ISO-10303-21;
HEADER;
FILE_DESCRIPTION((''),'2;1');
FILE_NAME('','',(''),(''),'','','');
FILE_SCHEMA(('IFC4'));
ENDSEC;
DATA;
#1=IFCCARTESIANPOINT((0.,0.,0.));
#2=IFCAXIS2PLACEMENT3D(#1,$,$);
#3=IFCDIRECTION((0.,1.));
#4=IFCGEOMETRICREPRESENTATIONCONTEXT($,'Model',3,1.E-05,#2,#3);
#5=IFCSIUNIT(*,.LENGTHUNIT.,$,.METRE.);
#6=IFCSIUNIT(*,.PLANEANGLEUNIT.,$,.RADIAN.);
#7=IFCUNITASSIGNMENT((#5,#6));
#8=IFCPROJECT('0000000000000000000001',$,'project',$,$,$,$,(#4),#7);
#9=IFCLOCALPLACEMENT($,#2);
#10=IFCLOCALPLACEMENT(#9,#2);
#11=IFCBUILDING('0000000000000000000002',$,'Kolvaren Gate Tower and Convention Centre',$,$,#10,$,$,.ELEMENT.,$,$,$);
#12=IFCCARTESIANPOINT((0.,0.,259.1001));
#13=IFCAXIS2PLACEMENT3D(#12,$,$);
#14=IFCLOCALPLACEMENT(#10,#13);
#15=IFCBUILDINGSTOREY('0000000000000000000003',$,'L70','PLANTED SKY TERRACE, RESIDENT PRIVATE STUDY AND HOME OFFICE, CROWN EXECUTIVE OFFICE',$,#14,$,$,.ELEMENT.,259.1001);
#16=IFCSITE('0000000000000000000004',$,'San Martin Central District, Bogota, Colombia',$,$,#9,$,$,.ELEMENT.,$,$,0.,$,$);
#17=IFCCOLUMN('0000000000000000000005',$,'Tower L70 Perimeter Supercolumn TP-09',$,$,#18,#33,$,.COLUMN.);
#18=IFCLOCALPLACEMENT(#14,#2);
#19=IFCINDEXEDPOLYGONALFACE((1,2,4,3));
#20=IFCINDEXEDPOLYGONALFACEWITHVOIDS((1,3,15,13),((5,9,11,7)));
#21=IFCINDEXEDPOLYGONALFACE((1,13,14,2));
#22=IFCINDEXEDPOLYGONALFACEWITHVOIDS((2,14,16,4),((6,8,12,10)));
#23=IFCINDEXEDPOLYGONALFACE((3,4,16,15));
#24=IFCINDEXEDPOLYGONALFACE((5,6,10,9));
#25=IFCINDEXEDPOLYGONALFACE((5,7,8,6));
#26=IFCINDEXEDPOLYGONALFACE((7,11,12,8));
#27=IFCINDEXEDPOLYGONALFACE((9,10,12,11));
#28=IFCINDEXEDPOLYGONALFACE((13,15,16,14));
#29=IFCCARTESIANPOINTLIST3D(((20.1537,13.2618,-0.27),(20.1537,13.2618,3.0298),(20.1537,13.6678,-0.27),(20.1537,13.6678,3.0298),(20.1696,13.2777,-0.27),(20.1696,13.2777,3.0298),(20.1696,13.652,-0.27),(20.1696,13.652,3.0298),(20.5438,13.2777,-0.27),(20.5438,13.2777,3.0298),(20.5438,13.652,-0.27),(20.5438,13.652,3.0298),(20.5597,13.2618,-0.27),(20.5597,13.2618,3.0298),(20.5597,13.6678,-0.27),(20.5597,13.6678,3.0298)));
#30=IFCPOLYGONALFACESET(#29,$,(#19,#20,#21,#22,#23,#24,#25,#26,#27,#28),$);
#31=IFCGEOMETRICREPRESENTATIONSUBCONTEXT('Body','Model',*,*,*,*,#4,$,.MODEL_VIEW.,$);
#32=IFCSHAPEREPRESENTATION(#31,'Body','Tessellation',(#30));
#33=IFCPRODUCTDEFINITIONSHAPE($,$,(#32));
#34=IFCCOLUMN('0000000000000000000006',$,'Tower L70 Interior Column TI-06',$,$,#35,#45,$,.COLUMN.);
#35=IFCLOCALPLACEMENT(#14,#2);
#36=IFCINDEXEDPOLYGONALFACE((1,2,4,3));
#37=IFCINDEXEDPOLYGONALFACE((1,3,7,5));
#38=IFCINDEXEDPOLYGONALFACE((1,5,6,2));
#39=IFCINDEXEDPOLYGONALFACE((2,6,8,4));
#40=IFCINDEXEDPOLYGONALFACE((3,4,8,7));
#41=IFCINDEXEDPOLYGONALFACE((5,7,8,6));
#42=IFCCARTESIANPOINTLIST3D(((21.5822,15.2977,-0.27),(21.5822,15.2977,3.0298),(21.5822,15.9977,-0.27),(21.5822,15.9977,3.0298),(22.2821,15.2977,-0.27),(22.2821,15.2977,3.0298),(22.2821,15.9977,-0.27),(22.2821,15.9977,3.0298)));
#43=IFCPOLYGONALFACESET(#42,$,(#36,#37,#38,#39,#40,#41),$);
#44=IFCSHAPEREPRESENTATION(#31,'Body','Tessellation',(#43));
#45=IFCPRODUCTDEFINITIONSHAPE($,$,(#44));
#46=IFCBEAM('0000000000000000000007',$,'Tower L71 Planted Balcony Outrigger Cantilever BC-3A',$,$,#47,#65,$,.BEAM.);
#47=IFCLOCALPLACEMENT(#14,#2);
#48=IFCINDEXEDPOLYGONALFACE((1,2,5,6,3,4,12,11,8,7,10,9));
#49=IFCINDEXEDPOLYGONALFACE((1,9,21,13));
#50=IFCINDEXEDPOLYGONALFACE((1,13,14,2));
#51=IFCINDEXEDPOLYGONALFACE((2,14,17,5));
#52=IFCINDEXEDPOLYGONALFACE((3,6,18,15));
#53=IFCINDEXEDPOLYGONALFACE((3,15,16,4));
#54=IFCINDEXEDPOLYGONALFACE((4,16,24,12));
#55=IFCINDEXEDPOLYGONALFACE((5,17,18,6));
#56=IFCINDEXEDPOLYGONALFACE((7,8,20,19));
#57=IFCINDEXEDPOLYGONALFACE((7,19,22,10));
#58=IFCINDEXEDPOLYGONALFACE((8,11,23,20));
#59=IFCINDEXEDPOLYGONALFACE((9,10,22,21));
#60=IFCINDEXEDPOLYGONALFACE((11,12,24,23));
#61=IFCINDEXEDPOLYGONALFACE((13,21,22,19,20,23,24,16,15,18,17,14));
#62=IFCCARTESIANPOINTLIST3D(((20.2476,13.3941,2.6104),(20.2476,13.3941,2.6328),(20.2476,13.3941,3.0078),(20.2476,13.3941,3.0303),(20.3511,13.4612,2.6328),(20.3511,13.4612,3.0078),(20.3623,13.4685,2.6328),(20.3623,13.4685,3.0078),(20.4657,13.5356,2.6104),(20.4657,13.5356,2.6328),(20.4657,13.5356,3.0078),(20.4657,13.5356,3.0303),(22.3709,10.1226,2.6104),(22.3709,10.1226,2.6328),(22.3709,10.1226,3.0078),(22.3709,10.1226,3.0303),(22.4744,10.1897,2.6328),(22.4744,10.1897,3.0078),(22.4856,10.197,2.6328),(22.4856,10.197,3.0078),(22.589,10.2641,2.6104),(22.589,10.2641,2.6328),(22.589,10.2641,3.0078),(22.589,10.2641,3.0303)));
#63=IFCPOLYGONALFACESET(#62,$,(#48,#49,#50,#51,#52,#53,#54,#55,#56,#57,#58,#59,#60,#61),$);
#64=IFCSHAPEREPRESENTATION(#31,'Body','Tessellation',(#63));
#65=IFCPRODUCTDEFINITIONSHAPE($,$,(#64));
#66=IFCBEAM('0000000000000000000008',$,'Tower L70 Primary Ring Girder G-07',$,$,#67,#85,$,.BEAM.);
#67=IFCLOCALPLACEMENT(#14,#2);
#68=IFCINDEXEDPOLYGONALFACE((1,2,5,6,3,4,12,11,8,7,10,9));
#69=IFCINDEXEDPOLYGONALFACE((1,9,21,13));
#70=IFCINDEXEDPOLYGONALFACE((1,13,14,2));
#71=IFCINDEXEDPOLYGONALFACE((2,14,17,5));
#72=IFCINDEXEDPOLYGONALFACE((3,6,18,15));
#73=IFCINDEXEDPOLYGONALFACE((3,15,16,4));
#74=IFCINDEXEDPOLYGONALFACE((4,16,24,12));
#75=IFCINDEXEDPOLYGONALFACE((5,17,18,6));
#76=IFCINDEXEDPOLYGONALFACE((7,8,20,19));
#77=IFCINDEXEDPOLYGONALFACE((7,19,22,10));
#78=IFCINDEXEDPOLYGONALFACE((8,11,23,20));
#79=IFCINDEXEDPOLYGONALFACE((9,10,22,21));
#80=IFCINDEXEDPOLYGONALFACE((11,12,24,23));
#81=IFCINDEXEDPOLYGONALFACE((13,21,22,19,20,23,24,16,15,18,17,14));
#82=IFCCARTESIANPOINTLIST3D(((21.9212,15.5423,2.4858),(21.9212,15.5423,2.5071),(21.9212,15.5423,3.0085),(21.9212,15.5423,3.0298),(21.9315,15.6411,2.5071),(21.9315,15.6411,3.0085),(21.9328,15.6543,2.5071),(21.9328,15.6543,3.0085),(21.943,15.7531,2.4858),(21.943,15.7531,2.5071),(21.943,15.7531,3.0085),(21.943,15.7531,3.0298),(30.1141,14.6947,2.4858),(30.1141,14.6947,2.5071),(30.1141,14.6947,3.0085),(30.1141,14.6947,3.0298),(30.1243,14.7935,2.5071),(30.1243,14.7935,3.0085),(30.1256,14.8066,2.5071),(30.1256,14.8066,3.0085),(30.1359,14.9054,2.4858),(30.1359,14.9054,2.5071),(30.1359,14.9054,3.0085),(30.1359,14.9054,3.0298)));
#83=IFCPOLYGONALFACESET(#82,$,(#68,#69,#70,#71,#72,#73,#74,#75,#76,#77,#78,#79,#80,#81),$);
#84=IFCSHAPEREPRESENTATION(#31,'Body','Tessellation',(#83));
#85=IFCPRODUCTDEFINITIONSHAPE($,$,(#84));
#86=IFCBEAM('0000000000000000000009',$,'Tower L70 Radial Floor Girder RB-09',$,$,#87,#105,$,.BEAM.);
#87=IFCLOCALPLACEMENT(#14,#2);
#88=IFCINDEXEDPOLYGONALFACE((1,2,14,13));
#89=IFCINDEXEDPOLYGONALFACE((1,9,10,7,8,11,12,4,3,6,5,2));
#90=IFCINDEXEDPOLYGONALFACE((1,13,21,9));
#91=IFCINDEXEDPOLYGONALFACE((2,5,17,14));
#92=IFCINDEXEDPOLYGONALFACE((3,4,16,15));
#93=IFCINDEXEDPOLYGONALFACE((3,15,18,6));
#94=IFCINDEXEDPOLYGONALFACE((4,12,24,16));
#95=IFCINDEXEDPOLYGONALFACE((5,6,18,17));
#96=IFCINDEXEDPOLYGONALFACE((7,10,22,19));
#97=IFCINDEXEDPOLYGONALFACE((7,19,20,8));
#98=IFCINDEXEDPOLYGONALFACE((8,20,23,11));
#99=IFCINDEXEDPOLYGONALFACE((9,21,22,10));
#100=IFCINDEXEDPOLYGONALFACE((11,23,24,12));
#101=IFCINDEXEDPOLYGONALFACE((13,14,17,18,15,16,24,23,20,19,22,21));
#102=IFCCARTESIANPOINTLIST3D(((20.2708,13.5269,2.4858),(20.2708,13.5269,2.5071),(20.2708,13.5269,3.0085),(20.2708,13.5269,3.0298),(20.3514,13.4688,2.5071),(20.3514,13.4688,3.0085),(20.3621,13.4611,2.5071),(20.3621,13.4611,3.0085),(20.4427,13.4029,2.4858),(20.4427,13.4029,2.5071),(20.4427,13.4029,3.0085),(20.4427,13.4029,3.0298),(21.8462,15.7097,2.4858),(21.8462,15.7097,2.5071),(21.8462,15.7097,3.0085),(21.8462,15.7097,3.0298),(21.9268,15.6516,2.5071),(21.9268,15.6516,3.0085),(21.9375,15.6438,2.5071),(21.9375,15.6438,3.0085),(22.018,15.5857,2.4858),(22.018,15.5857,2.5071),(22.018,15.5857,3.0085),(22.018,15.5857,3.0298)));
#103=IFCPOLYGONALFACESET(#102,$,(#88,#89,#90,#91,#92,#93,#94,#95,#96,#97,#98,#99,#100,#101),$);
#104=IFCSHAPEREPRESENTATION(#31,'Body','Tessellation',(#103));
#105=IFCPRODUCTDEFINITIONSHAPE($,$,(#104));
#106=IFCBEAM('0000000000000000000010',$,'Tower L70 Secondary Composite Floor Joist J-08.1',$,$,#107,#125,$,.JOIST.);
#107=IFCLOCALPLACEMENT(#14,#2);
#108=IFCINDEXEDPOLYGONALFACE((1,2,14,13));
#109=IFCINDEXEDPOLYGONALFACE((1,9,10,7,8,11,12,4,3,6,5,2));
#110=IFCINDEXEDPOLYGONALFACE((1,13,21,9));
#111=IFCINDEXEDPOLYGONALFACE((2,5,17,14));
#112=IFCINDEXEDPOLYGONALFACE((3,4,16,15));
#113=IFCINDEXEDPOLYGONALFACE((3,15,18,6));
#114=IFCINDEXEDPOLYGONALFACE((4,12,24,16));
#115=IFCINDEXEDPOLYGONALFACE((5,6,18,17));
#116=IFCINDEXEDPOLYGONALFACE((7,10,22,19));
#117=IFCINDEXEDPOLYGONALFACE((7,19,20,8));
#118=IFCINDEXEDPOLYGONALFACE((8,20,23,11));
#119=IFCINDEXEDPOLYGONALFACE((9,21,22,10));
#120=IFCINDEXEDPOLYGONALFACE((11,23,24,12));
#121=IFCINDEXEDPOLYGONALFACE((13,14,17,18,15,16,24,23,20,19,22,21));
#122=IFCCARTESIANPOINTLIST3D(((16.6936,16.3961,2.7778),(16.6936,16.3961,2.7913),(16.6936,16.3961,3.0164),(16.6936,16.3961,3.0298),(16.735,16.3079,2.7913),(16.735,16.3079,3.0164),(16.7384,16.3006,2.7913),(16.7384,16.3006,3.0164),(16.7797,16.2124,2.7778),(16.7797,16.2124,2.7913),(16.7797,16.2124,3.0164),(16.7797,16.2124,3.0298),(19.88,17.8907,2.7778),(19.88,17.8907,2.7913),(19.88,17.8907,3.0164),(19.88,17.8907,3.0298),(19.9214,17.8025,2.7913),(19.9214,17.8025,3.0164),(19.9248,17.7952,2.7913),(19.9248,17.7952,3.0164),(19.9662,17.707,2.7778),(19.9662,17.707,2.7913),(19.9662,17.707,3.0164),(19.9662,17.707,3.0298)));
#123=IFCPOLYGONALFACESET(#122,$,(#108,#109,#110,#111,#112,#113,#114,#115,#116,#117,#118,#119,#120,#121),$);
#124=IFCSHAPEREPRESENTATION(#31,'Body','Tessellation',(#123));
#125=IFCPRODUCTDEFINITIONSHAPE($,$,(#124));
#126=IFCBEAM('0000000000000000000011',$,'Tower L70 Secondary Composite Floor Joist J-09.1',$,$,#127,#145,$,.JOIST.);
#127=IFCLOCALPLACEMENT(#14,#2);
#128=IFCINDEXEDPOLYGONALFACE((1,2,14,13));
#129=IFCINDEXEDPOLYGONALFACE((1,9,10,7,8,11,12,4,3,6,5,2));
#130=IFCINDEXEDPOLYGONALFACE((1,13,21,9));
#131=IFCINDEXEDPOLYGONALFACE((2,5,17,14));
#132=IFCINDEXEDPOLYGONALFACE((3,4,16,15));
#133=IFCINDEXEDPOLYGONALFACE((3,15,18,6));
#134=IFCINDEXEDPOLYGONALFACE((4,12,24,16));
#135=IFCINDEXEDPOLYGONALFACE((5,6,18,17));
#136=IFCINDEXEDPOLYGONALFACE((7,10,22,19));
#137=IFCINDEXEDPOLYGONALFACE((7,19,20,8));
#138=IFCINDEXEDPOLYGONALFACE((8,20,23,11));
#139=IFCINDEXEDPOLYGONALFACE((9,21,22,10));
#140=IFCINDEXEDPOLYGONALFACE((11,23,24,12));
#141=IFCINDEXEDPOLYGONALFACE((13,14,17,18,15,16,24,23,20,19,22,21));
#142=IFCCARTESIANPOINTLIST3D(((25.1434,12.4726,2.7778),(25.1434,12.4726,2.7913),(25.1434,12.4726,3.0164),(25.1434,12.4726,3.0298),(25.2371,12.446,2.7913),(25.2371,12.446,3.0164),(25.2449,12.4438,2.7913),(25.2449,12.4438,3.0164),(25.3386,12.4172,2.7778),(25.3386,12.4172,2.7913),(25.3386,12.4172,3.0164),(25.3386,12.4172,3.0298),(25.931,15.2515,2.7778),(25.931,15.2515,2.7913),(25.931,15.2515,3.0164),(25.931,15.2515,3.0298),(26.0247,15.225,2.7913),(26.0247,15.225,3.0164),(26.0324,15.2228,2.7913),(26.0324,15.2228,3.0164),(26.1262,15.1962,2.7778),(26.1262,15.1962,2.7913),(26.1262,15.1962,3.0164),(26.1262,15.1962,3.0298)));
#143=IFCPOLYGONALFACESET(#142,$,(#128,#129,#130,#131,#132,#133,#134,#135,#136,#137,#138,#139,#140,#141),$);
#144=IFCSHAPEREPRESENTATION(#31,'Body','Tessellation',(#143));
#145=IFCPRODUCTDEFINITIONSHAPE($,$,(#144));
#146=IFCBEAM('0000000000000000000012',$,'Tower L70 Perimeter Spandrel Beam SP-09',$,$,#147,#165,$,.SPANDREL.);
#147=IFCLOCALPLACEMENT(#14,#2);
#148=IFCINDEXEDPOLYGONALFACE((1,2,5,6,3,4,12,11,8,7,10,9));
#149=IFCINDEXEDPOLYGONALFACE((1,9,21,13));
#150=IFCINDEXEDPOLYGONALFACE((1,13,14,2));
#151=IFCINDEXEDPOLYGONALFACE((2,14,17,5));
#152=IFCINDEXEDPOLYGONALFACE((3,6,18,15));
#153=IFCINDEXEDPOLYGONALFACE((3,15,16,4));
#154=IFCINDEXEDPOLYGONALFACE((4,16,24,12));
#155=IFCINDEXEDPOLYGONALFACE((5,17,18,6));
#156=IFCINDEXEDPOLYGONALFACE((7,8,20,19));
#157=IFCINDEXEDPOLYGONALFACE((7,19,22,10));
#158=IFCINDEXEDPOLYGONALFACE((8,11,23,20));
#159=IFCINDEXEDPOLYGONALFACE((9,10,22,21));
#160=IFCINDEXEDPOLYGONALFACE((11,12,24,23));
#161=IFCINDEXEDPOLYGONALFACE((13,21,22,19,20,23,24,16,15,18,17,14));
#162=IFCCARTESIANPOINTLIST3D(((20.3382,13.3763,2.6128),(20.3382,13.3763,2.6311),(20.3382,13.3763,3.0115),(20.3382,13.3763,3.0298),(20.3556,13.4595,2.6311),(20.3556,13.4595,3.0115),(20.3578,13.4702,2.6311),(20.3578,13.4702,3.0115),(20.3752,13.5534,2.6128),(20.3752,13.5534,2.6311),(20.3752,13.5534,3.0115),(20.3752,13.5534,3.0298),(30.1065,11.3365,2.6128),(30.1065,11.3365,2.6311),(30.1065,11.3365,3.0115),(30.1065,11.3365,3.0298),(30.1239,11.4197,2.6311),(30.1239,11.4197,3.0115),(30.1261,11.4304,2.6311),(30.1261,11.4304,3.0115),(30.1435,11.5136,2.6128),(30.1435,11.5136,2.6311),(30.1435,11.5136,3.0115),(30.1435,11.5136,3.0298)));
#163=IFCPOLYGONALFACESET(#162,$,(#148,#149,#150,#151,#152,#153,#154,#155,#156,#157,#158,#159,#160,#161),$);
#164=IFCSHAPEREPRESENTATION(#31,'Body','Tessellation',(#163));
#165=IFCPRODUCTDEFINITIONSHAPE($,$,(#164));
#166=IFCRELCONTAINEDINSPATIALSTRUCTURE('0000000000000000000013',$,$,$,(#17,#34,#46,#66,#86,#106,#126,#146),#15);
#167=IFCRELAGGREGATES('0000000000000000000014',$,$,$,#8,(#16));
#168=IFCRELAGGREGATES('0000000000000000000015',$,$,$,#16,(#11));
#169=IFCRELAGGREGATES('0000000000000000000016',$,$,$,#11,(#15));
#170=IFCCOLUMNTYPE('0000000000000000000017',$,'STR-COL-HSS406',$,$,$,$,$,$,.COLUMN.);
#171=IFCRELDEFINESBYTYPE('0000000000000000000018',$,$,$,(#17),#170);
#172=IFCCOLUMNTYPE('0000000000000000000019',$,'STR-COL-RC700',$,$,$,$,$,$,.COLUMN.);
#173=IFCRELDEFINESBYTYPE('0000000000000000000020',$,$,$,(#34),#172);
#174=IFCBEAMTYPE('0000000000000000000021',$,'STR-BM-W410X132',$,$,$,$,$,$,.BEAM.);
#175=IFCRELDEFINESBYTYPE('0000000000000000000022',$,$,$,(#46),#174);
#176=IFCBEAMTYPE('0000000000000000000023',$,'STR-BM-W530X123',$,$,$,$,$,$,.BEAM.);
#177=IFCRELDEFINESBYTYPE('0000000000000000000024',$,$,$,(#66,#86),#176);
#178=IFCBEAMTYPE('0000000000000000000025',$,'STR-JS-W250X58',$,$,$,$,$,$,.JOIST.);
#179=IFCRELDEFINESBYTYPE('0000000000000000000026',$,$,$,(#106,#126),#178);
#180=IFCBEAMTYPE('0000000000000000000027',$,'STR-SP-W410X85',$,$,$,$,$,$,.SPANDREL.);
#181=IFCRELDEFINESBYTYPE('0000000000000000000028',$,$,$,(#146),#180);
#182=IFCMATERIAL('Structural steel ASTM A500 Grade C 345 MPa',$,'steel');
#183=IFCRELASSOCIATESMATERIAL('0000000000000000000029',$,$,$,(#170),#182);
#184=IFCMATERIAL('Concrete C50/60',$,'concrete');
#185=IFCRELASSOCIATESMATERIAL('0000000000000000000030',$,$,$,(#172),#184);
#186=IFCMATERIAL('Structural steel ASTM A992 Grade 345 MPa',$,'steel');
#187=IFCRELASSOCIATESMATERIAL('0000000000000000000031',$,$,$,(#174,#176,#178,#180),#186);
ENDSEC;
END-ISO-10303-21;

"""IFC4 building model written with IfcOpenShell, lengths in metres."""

from ifc_helpers import new_model, si_unit, direction, frame, origin, origin_2d, place, context, subcontext, project, spatial, rectangle, hollow_rectangle, i_section, extrude, material, material_profile, profile_set, type_object, element, save


model = new_model("IFC4")

# Units and contexts
model_context = context("Model", 3, precision=1e-05, world=origin(), true_north=direction((0.0, 1.0)))
body_context = subcontext(model_context, "Body", "Model", "MODEL_VIEW")
ifc_project = project(units=[si_unit("LENGTHUNIT", "METRE"), si_unit("PLANEANGLEUNIT", "RADIAN")], contexts=[model_context])

# Site, building, storey
site_placement = place(None, origin())
site = spatial("IfcSite", under=ifc_project, at=site_placement, Name="San Martin Central District, Bogota, Colombia", CompositionType="ELEMENT", RefElevation=0.0)
building_placement = place(site_placement, origin())
building = spatial("IfcBuilding", under=site, at=building_placement, Name="Kolvaren Gate Tower and Convention Centre", CompositionType="ELEMENT")
storey_placement = place(building_placement, frame((0.0, 0.0, 259.1001)))
storey = spatial("IfcBuildingStorey", under=building, at=storey_placement, Name="L70", Description="PLANTED SKY TERRACE, RESIDENT PRIVATE STUDY AND HOME OFFICE, CROWN EXECUTIVE OFFICE", CompositionType="ELEMENT", Elevation=259.1001)

# Columns
ifc_material_1 = material(Name="Structural steel ASTM A500 Grade C 345 MPa", Category="steel")
ifc_material_profile_1 = material_profile(ifc_material_1, hollow_rectangle(XDim=0.406, YDim=0.406, WallThickness=0.0159, at=origin_2d()), Name="HSS406X406X15.9")
ifc_profile_set_1 = profile_set([ifc_material_profile_1], Name="Structural steel ASTM A500 Grade C 345 MPa")
column_type_1 = type_object("IfcColumnType", Name="STR-COL-HSS406", PredefinedType="COLUMN", material=ifc_profile_set_1)
column_1_placement = place(storey_placement, frame((20.3567, 13.4648, -0.27), z_axis=(0.0, 0.0, 1.0), x_axis=(1.0, 0.0, 0.0)))
element("IfcColumn", 1, at=column_1_placement, inside=storey, type_object=column_type_1, Name="Tower L70 Perimeter Supercolumn TP-09", PredefinedType="COLUMN", context=body_context, shape_type="SweptSolid", body=[
    extrude(hollow_rectangle(XDim=0.406, YDim=0.406, WallThickness=0.0159, at=origin_2d()), origin(), (0.0, 0.0, 1.0), 3.2998),
])
ifc_material_2 = material(Name="Concrete C50/60", Category="concrete")
ifc_material_profile_2 = material_profile(ifc_material_2, rectangle(XDim=0.7, YDim=0.7, at=origin_2d()), Name="RC-COL-700X700")
ifc_profile_set_2 = profile_set([ifc_material_profile_2], Name="Concrete C50/60")
column_type_2 = type_object("IfcColumnType", Name="STR-COL-RC700", PredefinedType="COLUMN", material=ifc_profile_set_2)
column_2_placement = place(storey_placement, frame((21.9321, 15.6477, -0.27), z_axis=(0.0, 0.0, 1.0), x_axis=(1.0, 0.0, 0.0)))
element("IfcColumn", 2, at=column_2_placement, inside=storey, type_object=column_type_2, Name="Tower L70 Interior Column TI-06", PredefinedType="COLUMN", context=body_context, shape_type="SweptSolid", body=[
    extrude(rectangle(XDim=0.7, YDim=0.7, at=origin_2d()), origin(), (0.0, 0.0, 1.0), 3.2998),
])

# Beams
ifc_material_3 = material(Name="Structural steel ASTM A992 Grade 345 MPa", Category="steel")
ifc_material_profile_3 = material_profile(ifc_material_3, i_section(OverallWidth=0.26, OverallDepth=0.4199, WebThickness=0.0134, FlangeThickness=0.0225, at=origin_2d()), Name="W410X132")
ifc_profile_set_3 = profile_set([ifc_material_profile_3], Name="Structural steel ASTM A992 Grade 345 MPa")
beam_type_1 = type_object("IfcBeamType", Name="STR-BM-W410X132", PredefinedType="BEAM", material=ifc_profile_set_3)
beam_1_placement = place(storey_placement, frame((20.3567, 13.4648, 2.8203), z_axis=(0.544416, -0.838815, 0.0), x_axis=(0.838815, 0.544416, 0.0)))
element("IfcBeam", 3, at=beam_1_placement, inside=storey, type_object=beam_type_1, Name="Tower L71 Planted Balcony Outrigger Cantilever BC-3A", PredefinedType="BEAM", context=body_context, shape_type="SweptSolid", body=[
    extrude(i_section(OverallWidth=0.26, OverallDepth=0.4199, WebThickness=0.0134, FlangeThickness=0.0225, at=origin_2d()), origin(), (0.0, 0.0, 1.0), 3.9001),
])
ifc_material_profile_4 = material_profile(ifc_material_3, i_section(OverallWidth=0.2119, OverallDepth=0.5439, WebThickness=0.0132, FlangeThickness=0.0212, at=origin_2d()), Name="W530X123")
ifc_profile_set_4 = profile_set([ifc_material_profile_4], Name="Structural steel ASTM A992 Grade 345 MPa")
beam_type_2 = type_object("IfcBeamType", Name="STR-BM-W530X123", PredefinedType="BEAM", material=ifc_profile_set_4)
beam_2_placement = place(storey_placement, frame((21.9321, 15.6477, 2.7578), z_axis=(0.99469, -0.102913, 0.0), x_axis=(0.102913, 0.99469, 0.0)))
element("IfcBeam", 4, at=beam_2_placement, inside=storey, type_object=beam_type_2, Name="Tower L70 Primary Ring Girder G-07", PredefinedType="BEAM", context=body_context, shape_type="SweptSolid", body=[
    extrude(i_section(OverallWidth=0.2119, OverallDepth=0.5439, WebThickness=0.0132, FlangeThickness=0.0212, at=origin_2d()), origin(), (0.0, 0.0, 1.0), 8.2366),
])
beam_3_placement = place(storey_placement, frame((21.9321, 15.6477, 2.7578), z_axis=(-0.585229, -0.810868, 0.0), x_axis=(0.810868, -0.585229, 0.0)))
element("IfcBeam", 5, at=beam_3_placement, inside=storey, type_object=beam_type_2, Name="Tower L70 Radial Floor Girder RB-09", PredefinedType="BEAM", context=body_context, shape_type="SweptSolid", body=[
    extrude(i_section(OverallWidth=0.2119, OverallDepth=0.5439, WebThickness=0.0132, FlangeThickness=0.0212, at=origin_2d()), origin(), (0.0, 0.0, 1.0), 2.6919),
])
ifc_material_profile_5 = material_profile(ifc_material_3, i_section(OverallWidth=0.2029, OverallDepth=0.252, WebThickness=0.0081, FlangeThickness=0.0134, at=origin_2d()), Name="W250X58")
ifc_profile_set_5 = profile_set([ifc_material_profile_5], Name="Structural steel ASTM A992 Grade 345 MPa")
beam_type_3 = type_object("IfcBeamType", Name="STR-JS-W250X58", PredefinedType="JOIST", material=ifc_profile_set_5)
beam_4_placement = place(storey_placement, frame((19.9231, 17.7988, 2.9038), z_axis=(-0.905356, -0.424654, 0.0), x_axis=(0.424654, -0.905356, 0.0)))
element("IfcBeam", 6, at=beam_4_placement, inside=storey, type_object=beam_type_3, Name="Tower L70 Secondary Composite Floor Joist J-08.1", PredefinedType="JOIST", context=body_context, shape_type="SweptSolid", body=[
    extrude(i_section(OverallWidth=0.2029, OverallDepth=0.252, WebThickness=0.0081, FlangeThickness=0.0134, at=origin_2d()), origin(), (0.0, 0.0, 1.0), 3.5195),
])
beam_5_placement = place(storey_placement, frame((26.0286, 15.2239, 2.9038), z_axis=(-0.272666, -0.962109, 0.0), x_axis=(0.962109, -0.272666, 0.0)))
element("IfcBeam", 7, at=beam_5_placement, inside=storey, type_object=beam_type_3, Name="Tower L70 Secondary Composite Floor Joist J-09.1", PredefinedType="JOIST", context=body_context, shape_type="SweptSolid", body=[
    extrude(i_section(OverallWidth=0.2029, OverallDepth=0.252, WebThickness=0.0081, FlangeThickness=0.0134, at=origin_2d()), origin(), (0.0, 0.0, 1.0), 2.8884),
])
ifc_material_profile_6 = material_profile(ifc_material_3, i_section(OverallWidth=0.1809, OverallDepth=0.417, WebThickness=0.011, FlangeThickness=0.0183, at=origin_2d()), Name="W410X85")
ifc_profile_set_6 = profile_set([ifc_material_profile_6], Name="Structural steel ASTM A992 Grade 345 MPa")
beam_type_4 = type_object("IfcBeamType", Name="STR-SP-W410X85", PredefinedType="SPANDREL", material=ifc_profile_set_6)
beam_6_placement = place(storey_placement, frame((20.3567, 13.4648, 2.8213), z_axis=(0.978886, -0.204409, 0.0), x_axis=(0.204409, 0.978886, 0.0)))
element("IfcBeam", 8, at=beam_6_placement, inside=storey, type_object=beam_type_4, Name="Tower L70 Perimeter Spandrel Beam SP-09", PredefinedType="SPANDREL", context=body_context, shape_type="SweptSolid", body=[
    extrude(i_section(OverallWidth=0.1809, OverallDepth=0.417, WebThickness=0.011, FlangeThickness=0.0183, at=origin_2d()), origin(), (0.0, 0.0, 1.0), 9.979),
])

save(model, "model.ifc")
